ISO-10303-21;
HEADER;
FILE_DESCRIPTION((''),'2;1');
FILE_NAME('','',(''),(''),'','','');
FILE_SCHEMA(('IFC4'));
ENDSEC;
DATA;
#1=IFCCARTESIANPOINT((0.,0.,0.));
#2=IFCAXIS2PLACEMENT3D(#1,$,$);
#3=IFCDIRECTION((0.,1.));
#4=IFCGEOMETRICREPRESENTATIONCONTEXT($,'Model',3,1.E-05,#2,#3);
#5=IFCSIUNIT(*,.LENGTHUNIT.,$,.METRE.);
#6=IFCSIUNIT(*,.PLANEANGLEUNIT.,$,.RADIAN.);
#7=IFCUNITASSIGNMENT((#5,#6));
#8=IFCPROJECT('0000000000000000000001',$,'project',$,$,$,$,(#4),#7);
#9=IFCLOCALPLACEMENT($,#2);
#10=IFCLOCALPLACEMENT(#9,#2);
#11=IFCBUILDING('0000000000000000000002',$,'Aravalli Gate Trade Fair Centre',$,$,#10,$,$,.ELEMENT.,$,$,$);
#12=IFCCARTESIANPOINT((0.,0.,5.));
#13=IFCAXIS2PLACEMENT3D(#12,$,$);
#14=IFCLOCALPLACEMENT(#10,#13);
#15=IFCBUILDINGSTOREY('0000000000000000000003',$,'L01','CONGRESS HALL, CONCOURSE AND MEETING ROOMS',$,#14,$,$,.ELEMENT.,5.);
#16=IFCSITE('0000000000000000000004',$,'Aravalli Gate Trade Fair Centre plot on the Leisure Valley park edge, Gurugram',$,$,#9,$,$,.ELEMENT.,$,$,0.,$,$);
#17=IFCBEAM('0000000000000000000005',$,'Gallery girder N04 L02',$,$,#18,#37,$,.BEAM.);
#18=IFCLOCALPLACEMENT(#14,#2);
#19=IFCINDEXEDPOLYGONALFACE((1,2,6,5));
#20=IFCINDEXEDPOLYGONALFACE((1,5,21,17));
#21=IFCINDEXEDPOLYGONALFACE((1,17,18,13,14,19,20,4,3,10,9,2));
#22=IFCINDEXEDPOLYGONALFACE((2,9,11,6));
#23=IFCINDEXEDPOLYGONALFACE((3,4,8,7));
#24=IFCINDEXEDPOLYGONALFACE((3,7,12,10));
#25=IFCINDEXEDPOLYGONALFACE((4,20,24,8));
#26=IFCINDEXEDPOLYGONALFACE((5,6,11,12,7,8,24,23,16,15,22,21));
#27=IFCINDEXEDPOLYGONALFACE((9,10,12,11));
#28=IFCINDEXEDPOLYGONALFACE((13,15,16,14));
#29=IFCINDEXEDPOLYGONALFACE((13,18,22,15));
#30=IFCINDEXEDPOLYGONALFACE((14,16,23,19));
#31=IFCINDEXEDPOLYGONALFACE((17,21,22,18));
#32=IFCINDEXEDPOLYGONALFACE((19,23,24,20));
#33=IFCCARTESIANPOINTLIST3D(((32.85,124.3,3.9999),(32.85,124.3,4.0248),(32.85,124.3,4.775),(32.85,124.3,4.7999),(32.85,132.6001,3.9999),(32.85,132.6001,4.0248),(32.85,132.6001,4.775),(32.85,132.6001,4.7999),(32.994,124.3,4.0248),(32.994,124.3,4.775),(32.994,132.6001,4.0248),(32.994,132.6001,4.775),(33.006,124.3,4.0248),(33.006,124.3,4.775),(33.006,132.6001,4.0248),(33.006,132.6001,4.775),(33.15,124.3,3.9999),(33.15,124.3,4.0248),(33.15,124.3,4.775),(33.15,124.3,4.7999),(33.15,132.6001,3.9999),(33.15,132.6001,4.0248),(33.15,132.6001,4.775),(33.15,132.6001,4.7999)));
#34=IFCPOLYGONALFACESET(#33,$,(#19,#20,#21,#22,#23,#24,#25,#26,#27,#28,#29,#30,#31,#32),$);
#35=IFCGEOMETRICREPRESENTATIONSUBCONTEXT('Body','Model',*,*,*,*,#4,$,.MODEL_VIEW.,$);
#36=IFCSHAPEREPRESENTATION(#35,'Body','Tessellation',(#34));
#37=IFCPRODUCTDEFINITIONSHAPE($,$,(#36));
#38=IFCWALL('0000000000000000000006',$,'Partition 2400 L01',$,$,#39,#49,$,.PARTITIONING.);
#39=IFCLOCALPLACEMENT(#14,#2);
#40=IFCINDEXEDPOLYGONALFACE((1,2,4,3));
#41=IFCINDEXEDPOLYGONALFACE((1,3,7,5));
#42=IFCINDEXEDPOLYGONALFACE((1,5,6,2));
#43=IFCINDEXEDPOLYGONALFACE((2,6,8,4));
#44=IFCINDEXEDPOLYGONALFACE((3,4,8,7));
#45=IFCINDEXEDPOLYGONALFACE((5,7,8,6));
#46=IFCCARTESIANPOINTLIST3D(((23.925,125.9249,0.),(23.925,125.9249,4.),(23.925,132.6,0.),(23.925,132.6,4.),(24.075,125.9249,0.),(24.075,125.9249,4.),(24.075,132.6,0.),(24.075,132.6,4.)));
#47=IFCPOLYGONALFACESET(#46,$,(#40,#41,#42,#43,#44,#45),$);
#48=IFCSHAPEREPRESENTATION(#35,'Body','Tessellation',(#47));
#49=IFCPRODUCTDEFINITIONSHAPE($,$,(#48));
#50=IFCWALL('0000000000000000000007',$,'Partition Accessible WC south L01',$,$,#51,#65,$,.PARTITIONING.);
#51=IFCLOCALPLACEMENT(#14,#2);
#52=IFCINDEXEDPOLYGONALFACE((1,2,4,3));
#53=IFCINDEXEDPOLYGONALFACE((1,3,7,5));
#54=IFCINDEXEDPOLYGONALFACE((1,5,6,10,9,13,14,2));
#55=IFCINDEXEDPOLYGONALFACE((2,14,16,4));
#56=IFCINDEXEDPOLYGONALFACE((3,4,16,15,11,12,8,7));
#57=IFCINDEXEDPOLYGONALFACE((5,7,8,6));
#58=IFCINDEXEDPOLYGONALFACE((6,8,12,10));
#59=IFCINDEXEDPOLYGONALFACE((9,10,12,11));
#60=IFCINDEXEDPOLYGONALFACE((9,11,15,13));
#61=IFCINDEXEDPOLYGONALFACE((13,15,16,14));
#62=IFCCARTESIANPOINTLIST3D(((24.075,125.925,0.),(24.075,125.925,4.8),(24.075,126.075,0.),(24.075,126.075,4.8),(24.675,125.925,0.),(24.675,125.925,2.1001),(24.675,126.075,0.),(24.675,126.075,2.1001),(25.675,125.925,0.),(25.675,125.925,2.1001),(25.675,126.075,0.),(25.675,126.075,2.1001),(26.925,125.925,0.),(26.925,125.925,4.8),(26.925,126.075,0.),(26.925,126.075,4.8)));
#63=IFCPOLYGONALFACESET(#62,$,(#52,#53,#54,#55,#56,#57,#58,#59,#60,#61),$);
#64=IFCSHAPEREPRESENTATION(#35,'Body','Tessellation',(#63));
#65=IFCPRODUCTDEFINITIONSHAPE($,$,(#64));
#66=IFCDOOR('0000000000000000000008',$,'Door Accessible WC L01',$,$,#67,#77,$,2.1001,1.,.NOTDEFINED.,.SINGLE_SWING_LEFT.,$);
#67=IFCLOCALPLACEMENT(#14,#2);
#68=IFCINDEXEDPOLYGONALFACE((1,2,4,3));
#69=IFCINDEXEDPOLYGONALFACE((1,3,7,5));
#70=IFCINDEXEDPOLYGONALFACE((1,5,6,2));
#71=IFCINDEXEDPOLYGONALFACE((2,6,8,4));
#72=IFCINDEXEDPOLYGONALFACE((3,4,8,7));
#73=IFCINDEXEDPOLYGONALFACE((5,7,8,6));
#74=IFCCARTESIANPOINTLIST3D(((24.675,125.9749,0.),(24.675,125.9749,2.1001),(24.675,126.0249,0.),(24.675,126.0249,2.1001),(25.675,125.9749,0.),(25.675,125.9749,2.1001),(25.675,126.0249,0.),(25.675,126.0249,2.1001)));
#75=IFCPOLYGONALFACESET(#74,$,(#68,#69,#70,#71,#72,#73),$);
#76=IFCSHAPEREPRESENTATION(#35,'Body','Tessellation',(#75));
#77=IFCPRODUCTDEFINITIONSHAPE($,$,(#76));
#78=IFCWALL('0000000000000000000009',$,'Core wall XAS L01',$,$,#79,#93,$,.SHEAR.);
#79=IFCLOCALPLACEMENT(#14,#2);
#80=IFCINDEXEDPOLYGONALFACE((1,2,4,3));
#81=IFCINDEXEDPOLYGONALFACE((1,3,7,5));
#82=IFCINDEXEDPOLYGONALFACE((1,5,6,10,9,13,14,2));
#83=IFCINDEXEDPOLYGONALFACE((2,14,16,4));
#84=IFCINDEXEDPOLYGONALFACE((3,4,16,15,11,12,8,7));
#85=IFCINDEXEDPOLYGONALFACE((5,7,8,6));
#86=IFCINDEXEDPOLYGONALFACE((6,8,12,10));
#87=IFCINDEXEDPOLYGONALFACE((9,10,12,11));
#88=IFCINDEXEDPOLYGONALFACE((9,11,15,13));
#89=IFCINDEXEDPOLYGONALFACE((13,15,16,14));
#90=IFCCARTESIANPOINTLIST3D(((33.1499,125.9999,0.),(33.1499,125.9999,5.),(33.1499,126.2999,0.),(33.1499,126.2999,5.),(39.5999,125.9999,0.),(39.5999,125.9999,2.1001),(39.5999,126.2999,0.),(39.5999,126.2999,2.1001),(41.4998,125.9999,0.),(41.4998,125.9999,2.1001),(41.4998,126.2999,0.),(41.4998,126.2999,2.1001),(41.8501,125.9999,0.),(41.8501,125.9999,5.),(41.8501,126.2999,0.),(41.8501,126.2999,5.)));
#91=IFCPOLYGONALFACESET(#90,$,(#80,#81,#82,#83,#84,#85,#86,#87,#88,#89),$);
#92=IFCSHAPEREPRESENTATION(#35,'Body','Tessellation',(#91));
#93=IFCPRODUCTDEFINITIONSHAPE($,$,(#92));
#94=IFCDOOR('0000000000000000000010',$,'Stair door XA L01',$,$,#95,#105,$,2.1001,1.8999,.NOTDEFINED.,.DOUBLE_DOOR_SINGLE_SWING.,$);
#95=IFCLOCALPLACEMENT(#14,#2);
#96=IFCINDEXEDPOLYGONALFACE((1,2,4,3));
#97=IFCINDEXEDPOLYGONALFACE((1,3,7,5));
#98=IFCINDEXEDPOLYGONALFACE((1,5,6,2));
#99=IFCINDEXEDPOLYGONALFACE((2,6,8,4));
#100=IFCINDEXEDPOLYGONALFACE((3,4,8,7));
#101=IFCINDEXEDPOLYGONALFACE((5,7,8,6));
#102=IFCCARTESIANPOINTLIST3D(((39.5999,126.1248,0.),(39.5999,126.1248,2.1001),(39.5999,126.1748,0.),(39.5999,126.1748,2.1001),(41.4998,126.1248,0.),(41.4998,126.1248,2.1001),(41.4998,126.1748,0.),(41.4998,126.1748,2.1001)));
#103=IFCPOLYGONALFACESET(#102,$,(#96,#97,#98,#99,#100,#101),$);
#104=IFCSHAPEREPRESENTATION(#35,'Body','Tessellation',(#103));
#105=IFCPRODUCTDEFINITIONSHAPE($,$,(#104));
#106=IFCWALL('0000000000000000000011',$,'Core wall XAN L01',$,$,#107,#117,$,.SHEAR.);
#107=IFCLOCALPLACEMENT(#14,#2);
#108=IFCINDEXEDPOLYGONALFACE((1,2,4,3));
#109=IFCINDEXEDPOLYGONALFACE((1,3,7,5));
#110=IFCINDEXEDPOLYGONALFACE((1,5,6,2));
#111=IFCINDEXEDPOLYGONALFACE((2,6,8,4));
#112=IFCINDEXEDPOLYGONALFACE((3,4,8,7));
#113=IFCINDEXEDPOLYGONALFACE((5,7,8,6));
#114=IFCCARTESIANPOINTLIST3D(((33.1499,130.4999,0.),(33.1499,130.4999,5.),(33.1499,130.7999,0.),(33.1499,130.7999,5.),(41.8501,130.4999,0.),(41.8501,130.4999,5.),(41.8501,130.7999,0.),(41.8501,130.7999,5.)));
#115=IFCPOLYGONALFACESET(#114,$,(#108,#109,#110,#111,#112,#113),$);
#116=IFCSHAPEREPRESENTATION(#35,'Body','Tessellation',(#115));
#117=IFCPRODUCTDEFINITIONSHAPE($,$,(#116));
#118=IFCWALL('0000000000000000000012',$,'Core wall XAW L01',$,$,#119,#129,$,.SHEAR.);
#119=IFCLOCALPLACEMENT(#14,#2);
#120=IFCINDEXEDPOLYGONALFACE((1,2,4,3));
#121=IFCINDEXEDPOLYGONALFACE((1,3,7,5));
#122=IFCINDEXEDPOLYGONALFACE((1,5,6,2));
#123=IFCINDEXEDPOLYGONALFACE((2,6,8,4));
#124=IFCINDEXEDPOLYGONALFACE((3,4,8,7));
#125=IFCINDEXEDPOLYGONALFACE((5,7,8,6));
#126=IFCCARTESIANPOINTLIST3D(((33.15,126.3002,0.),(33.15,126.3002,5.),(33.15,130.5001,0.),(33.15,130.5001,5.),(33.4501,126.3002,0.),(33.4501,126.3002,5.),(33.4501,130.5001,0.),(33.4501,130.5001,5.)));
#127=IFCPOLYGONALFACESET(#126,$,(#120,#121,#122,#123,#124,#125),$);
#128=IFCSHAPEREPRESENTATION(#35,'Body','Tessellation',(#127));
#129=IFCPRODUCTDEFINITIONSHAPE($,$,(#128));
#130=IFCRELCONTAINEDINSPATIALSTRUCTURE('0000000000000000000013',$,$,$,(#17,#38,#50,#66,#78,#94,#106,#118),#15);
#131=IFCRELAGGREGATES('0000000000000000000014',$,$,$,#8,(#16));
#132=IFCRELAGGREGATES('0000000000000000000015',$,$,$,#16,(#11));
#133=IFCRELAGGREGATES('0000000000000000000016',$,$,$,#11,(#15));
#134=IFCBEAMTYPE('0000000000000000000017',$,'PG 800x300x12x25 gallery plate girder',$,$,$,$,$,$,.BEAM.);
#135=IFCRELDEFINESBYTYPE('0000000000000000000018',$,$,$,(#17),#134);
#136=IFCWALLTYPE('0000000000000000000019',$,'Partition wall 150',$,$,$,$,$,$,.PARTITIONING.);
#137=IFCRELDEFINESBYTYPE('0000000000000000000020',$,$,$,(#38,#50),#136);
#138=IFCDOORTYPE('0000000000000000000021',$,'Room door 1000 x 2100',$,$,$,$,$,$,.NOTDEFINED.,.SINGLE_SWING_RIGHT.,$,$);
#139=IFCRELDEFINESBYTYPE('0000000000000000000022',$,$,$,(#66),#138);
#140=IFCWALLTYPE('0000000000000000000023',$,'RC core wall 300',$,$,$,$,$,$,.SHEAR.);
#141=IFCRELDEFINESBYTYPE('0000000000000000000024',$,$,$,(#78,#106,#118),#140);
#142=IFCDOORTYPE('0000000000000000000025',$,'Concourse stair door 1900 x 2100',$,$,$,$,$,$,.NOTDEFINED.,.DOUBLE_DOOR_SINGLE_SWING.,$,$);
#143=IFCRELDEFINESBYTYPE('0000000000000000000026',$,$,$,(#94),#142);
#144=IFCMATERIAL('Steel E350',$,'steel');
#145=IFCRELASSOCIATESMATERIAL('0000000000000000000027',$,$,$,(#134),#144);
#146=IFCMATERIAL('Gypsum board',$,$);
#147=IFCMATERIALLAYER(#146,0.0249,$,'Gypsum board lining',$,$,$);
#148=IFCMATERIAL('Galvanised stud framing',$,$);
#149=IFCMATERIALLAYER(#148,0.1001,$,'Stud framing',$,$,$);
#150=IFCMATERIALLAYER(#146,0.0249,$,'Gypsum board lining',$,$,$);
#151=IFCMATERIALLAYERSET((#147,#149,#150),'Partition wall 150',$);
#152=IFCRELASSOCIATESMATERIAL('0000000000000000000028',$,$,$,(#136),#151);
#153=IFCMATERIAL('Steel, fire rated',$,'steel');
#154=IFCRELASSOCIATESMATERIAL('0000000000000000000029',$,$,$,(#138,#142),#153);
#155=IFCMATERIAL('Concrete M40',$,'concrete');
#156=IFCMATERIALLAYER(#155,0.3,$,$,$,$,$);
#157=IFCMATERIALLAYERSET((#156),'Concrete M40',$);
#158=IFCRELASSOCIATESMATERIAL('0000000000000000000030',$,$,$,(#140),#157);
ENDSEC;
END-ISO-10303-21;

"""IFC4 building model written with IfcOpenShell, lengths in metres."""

from ifc_helpers import new_model, si_unit, direction, frame, frame_2d, origin, origin_2d, place, context, subcontext, project, spatial, rectangle, i_section, extrude, material, layer, layer_set, material_profile, profile_set, type_object, element, fill, save


model = new_model("IFC4")

# Units and contexts
model_context = context("Model", 3, precision=1e-05, world=origin(), true_north=direction((0.0, 1.0)))
body_context = subcontext(model_context, "Body", "Model", "MODEL_VIEW")
ifc_project = project(units=[si_unit("LENGTHUNIT", "METRE"), si_unit("PLANEANGLEUNIT", "RADIAN")], contexts=[model_context])

# Site, building, storey
site_placement = place(None, origin())
site = spatial("IfcSite", under=ifc_project, at=site_placement, Name="Aravalli Gate Trade Fair Centre plot on the Leisure Valley park edge, Gurugram", CompositionType="ELEMENT", RefElevation=0.0)
building_placement = place(site_placement, origin())
building = spatial("IfcBuilding", under=site, at=building_placement, Name="Aravalli Gate Trade Fair Centre", CompositionType="ELEMENT")
storey_placement = place(building_placement, frame((0.0, 0.0, 5.0)))
storey = spatial("IfcBuildingStorey", under=building, at=storey_placement, Name="L01", Description="CONGRESS HALL, CONCOURSE AND MEETING ROOMS", CompositionType="ELEMENT", Elevation=5.0)

# Beam
ifc_material_1 = material(Name="Steel E350", Category="steel")
ifc_material_profile_1 = material_profile(ifc_material_1, i_section(OverallWidth=0.3, OverallDepth=0.8, WebThickness=0.012, FlangeThickness=0.0249, at=origin_2d()), Name="PG 800x300x12x25")
ifc_profile_set_1 = profile_set([ifc_material_profile_1], Name="Steel E350")
beam_type_1 = type_object("IfcBeamType", Name="PG 800x300x12x25 gallery plate girder", PredefinedType="BEAM", material=ifc_profile_set_1)
for number, where, z_axis, x_axis, name in (
    (1, (33.0, 124.3, 4.3999), (0.0, 1.0, 0.0), (-1.0, 0.0, 0.0), "Gallery girder N04 L02"),
):
    element("IfcBeam", number, at=place(storey_placement, frame(where, z_axis=z_axis, x_axis=x_axis)), inside=storey, type_object=beam_type_1, Name=name, PredefinedType="BEAM", context=body_context, shape_type="SweptSolid", body=[
        extrude(i_section(OverallWidth=0.3, OverallDepth=0.8, WebThickness=0.012, FlangeThickness=0.0249, at=origin_2d()), origin(), (0.0, 0.0, 1.0), 8.3),
    ])

# Wall
ifc_material_2 = material(Name="Gypsum board")
ifc_layer_1 = layer(ifc_material_2, 0.0249, Name="Gypsum board lining")
ifc_material_3 = material(Name="Galvanised stud framing")
ifc_layer_2 = layer(ifc_material_3, 0.1001, Name="Stud framing")
ifc_layer_3 = layer(ifc_material_2, 0.0249, Name="Gypsum board lining")
ifc_layer_set_1 = layer_set([ifc_layer_1, ifc_layer_2, ifc_layer_3], Name="Partition wall 150")
wall_type_1 = type_object("IfcWallType", Name="Partition wall 150", PredefinedType="PARTITIONING", material=ifc_layer_set_1)
wall_1_placement = place(storey_placement, frame((24.0, 125.925, 0.0), z_axis=(0.0, 0.0, 1.0), x_axis=(0.0, 1.0, 0.0)))
element("IfcWall", 2, at=wall_1_placement, inside=storey, type_object=wall_type_1, Name="Partition 2400 L01", PredefinedType="PARTITIONING", context=body_context, shape_type="SweptSolid", body=[
    extrude(rectangle(XDim=6.675, YDim=0.1499, at=frame_2d((3.3374, 0.0))), origin(), (0.0, 0.0, 1.0), 4.0),
])

# Wall, opening, door
wall_2_placement = place(storey_placement, frame((24.075, 126.0, 0.0), z_axis=(0.0, 0.0, 1.0), x_axis=(1.0, 0.0, 0.0)))
wall_2 = element("IfcWall", 3, at=wall_2_placement, inside=storey, type_object=wall_type_1, Name="Partition Accessible WC south L01", PredefinedType="PARTITIONING", context=body_context, shape_type="SweptSolid", body=[
    extrude(rectangle(XDim=2.8501, YDim=0.1499, at=frame_2d((1.425, 0.0))), origin(), (0.0, 0.0, 1.0), 4.8),
])
opening_1_placement = place(wall_2_placement, frame((0.6001, 0.0, 0.0)))
opening_1 = element("IfcOpeningElement", 4, at=opening_1_placement, cuts=wall_2, PredefinedType="OPENING", context=body_context, shape_type="SweptSolid", body=[
    extrude(rectangle(XDim=1.0, YDim=2.1001, at=frame_2d((0.5, 1.05))), frame((0.0, 0.085, 0.0), z_axis=(0.0, -1.0, 0.0), x_axis=(1.0, 0.0, 0.0)), (0.0, 0.0, 1.0), 0.1699),
])
ifc_material_4 = material(Name="Steel, fire rated", Category="steel")
door_type_1 = type_object("IfcDoorType", Name="Room door 1000 x 2100", OperationType="SINGLE_SWING_RIGHT", PredefinedType="NOTDEFINED", material=ifc_material_4)
door_1_placement = place(opening_1_placement, origin())
door_1 = element("IfcDoor", 5, at=door_1_placement, inside=storey, type_object=door_type_1, Name="Door Accessible WC L01", OperationType="SINGLE_SWING_LEFT", OverallHeight=2.1001, OverallWidth=1.0, PredefinedType="NOTDEFINED", context=body_context, shape_type="SweptSolid", body=[
    extrude(rectangle(XDim=1.0, YDim=2.1001, at=frame_2d((0.5, 1.05))), frame((0.0, 0.0249, 0.0), z_axis=(0.0, -1.0, 0.0), x_axis=(1.0, 0.0, 0.0)), (0.0, 0.0, 1.0), 0.05),
])
fill(opening_1, door_1)

# Wall, opening, door
ifc_material_5 = material(Name="Concrete M40", Category="concrete")
ifc_layer_4 = layer(ifc_material_5, 0.3)
ifc_layer_set_2 = layer_set([ifc_layer_4], Name="Concrete M40")
wall_type_2 = type_object("IfcWallType", Name="RC core wall 300", PredefinedType="SHEAR", material=ifc_layer_set_2)
wall_3_placement = place(storey_placement, frame((33.1499, 126.1499, 0.0), z_axis=(0.0, 0.0, 1.0), x_axis=(1.0, 0.0, 0.0)))
wall_3 = element("IfcWall", 6, at=wall_3_placement, inside=storey, type_object=wall_type_2, Name="Core wall XAS L01", PredefinedType="SHEAR", context=body_context, shape_type="SweptSolid", body=[
    extrude(rectangle(XDim=8.7002, YDim=0.3, at=frame_2d((4.3501, 0.0))), origin(), (0.0, 0.0, 1.0), 5.0),
])
opening_2_placement = place(wall_3_placement, frame((6.45, 0.0, 0.0)))
opening_2 = element("IfcOpeningElement", 7, at=opening_2_placement, cuts=wall_3, PredefinedType="OPENING", context=body_context, shape_type="SweptSolid", body=[
    extrude(rectangle(XDim=1.8999, YDim=2.1001, at=frame_2d((0.95, 1.05))), frame((0.0, 0.1599, 0.0), z_axis=(0.0, -1.0, 0.0), x_axis=(1.0, 0.0, 0.0)), (0.0, 0.0, 1.0), 0.3201),
])
door_type_2 = type_object("IfcDoorType", Name="Concourse stair door 1900 x 2100", OperationType="DOUBLE_DOOR_SINGLE_SWING", PredefinedType="NOTDEFINED", material=ifc_material_4)
door_2_placement = place(opening_2_placement, origin())
door_2 = element("IfcDoor", 8, at=door_2_placement, inside=storey, type_object=door_type_2, Name="Stair door XA L01", OperationType="DOUBLE_DOOR_SINGLE_SWING", OverallHeight=2.1001, OverallWidth=1.8999, PredefinedType="NOTDEFINED", context=body_context, shape_type="SweptSolid", body=[
    extrude(rectangle(XDim=1.8999, YDim=2.1001, at=frame_2d((0.95, 1.05))), frame((0.0, 0.0249, 0.0), z_axis=(0.0, -1.0, 0.0), x_axis=(1.0, 0.0, 0.0)), (0.0, 0.0, 1.0), 0.05),
])
fill(opening_2, door_2)

# Walls
wall_4_placement = place(storey_placement, frame((33.1499, 130.6499, 0.0), z_axis=(0.0, 0.0, 1.0), x_axis=(1.0, 0.0, 0.0)))
element("IfcWall", 9, at=wall_4_placement, inside=storey, type_object=wall_type_2, Name="Core wall XAN L01", PredefinedType="SHEAR", context=body_context, shape_type="SweptSolid", body=[
    extrude(rectangle(XDim=8.7002, YDim=0.3, at=frame_2d((4.3501, 0.0))), origin(), (0.0, 0.0, 1.0), 5.0),
])
wall_5_placement = place(storey_placement, frame((33.3, 126.3, 0.0), z_axis=(0.0, 0.0, 1.0), x_axis=(0.0, 1.0, 0.0)))
element("IfcWall", 10, at=wall_5_placement, inside=storey, type_object=wall_type_2, Name="Core wall XAW L01", PredefinedType="SHEAR", context=body_context, shape_type="SweptSolid", body=[
    extrude(rectangle(XDim=4.2, YDim=0.3, at=frame_2d((2.1001, 0.0))), origin(), (0.0, 0.0, 1.0), 5.0),
])

save(model, "model.ifc")
